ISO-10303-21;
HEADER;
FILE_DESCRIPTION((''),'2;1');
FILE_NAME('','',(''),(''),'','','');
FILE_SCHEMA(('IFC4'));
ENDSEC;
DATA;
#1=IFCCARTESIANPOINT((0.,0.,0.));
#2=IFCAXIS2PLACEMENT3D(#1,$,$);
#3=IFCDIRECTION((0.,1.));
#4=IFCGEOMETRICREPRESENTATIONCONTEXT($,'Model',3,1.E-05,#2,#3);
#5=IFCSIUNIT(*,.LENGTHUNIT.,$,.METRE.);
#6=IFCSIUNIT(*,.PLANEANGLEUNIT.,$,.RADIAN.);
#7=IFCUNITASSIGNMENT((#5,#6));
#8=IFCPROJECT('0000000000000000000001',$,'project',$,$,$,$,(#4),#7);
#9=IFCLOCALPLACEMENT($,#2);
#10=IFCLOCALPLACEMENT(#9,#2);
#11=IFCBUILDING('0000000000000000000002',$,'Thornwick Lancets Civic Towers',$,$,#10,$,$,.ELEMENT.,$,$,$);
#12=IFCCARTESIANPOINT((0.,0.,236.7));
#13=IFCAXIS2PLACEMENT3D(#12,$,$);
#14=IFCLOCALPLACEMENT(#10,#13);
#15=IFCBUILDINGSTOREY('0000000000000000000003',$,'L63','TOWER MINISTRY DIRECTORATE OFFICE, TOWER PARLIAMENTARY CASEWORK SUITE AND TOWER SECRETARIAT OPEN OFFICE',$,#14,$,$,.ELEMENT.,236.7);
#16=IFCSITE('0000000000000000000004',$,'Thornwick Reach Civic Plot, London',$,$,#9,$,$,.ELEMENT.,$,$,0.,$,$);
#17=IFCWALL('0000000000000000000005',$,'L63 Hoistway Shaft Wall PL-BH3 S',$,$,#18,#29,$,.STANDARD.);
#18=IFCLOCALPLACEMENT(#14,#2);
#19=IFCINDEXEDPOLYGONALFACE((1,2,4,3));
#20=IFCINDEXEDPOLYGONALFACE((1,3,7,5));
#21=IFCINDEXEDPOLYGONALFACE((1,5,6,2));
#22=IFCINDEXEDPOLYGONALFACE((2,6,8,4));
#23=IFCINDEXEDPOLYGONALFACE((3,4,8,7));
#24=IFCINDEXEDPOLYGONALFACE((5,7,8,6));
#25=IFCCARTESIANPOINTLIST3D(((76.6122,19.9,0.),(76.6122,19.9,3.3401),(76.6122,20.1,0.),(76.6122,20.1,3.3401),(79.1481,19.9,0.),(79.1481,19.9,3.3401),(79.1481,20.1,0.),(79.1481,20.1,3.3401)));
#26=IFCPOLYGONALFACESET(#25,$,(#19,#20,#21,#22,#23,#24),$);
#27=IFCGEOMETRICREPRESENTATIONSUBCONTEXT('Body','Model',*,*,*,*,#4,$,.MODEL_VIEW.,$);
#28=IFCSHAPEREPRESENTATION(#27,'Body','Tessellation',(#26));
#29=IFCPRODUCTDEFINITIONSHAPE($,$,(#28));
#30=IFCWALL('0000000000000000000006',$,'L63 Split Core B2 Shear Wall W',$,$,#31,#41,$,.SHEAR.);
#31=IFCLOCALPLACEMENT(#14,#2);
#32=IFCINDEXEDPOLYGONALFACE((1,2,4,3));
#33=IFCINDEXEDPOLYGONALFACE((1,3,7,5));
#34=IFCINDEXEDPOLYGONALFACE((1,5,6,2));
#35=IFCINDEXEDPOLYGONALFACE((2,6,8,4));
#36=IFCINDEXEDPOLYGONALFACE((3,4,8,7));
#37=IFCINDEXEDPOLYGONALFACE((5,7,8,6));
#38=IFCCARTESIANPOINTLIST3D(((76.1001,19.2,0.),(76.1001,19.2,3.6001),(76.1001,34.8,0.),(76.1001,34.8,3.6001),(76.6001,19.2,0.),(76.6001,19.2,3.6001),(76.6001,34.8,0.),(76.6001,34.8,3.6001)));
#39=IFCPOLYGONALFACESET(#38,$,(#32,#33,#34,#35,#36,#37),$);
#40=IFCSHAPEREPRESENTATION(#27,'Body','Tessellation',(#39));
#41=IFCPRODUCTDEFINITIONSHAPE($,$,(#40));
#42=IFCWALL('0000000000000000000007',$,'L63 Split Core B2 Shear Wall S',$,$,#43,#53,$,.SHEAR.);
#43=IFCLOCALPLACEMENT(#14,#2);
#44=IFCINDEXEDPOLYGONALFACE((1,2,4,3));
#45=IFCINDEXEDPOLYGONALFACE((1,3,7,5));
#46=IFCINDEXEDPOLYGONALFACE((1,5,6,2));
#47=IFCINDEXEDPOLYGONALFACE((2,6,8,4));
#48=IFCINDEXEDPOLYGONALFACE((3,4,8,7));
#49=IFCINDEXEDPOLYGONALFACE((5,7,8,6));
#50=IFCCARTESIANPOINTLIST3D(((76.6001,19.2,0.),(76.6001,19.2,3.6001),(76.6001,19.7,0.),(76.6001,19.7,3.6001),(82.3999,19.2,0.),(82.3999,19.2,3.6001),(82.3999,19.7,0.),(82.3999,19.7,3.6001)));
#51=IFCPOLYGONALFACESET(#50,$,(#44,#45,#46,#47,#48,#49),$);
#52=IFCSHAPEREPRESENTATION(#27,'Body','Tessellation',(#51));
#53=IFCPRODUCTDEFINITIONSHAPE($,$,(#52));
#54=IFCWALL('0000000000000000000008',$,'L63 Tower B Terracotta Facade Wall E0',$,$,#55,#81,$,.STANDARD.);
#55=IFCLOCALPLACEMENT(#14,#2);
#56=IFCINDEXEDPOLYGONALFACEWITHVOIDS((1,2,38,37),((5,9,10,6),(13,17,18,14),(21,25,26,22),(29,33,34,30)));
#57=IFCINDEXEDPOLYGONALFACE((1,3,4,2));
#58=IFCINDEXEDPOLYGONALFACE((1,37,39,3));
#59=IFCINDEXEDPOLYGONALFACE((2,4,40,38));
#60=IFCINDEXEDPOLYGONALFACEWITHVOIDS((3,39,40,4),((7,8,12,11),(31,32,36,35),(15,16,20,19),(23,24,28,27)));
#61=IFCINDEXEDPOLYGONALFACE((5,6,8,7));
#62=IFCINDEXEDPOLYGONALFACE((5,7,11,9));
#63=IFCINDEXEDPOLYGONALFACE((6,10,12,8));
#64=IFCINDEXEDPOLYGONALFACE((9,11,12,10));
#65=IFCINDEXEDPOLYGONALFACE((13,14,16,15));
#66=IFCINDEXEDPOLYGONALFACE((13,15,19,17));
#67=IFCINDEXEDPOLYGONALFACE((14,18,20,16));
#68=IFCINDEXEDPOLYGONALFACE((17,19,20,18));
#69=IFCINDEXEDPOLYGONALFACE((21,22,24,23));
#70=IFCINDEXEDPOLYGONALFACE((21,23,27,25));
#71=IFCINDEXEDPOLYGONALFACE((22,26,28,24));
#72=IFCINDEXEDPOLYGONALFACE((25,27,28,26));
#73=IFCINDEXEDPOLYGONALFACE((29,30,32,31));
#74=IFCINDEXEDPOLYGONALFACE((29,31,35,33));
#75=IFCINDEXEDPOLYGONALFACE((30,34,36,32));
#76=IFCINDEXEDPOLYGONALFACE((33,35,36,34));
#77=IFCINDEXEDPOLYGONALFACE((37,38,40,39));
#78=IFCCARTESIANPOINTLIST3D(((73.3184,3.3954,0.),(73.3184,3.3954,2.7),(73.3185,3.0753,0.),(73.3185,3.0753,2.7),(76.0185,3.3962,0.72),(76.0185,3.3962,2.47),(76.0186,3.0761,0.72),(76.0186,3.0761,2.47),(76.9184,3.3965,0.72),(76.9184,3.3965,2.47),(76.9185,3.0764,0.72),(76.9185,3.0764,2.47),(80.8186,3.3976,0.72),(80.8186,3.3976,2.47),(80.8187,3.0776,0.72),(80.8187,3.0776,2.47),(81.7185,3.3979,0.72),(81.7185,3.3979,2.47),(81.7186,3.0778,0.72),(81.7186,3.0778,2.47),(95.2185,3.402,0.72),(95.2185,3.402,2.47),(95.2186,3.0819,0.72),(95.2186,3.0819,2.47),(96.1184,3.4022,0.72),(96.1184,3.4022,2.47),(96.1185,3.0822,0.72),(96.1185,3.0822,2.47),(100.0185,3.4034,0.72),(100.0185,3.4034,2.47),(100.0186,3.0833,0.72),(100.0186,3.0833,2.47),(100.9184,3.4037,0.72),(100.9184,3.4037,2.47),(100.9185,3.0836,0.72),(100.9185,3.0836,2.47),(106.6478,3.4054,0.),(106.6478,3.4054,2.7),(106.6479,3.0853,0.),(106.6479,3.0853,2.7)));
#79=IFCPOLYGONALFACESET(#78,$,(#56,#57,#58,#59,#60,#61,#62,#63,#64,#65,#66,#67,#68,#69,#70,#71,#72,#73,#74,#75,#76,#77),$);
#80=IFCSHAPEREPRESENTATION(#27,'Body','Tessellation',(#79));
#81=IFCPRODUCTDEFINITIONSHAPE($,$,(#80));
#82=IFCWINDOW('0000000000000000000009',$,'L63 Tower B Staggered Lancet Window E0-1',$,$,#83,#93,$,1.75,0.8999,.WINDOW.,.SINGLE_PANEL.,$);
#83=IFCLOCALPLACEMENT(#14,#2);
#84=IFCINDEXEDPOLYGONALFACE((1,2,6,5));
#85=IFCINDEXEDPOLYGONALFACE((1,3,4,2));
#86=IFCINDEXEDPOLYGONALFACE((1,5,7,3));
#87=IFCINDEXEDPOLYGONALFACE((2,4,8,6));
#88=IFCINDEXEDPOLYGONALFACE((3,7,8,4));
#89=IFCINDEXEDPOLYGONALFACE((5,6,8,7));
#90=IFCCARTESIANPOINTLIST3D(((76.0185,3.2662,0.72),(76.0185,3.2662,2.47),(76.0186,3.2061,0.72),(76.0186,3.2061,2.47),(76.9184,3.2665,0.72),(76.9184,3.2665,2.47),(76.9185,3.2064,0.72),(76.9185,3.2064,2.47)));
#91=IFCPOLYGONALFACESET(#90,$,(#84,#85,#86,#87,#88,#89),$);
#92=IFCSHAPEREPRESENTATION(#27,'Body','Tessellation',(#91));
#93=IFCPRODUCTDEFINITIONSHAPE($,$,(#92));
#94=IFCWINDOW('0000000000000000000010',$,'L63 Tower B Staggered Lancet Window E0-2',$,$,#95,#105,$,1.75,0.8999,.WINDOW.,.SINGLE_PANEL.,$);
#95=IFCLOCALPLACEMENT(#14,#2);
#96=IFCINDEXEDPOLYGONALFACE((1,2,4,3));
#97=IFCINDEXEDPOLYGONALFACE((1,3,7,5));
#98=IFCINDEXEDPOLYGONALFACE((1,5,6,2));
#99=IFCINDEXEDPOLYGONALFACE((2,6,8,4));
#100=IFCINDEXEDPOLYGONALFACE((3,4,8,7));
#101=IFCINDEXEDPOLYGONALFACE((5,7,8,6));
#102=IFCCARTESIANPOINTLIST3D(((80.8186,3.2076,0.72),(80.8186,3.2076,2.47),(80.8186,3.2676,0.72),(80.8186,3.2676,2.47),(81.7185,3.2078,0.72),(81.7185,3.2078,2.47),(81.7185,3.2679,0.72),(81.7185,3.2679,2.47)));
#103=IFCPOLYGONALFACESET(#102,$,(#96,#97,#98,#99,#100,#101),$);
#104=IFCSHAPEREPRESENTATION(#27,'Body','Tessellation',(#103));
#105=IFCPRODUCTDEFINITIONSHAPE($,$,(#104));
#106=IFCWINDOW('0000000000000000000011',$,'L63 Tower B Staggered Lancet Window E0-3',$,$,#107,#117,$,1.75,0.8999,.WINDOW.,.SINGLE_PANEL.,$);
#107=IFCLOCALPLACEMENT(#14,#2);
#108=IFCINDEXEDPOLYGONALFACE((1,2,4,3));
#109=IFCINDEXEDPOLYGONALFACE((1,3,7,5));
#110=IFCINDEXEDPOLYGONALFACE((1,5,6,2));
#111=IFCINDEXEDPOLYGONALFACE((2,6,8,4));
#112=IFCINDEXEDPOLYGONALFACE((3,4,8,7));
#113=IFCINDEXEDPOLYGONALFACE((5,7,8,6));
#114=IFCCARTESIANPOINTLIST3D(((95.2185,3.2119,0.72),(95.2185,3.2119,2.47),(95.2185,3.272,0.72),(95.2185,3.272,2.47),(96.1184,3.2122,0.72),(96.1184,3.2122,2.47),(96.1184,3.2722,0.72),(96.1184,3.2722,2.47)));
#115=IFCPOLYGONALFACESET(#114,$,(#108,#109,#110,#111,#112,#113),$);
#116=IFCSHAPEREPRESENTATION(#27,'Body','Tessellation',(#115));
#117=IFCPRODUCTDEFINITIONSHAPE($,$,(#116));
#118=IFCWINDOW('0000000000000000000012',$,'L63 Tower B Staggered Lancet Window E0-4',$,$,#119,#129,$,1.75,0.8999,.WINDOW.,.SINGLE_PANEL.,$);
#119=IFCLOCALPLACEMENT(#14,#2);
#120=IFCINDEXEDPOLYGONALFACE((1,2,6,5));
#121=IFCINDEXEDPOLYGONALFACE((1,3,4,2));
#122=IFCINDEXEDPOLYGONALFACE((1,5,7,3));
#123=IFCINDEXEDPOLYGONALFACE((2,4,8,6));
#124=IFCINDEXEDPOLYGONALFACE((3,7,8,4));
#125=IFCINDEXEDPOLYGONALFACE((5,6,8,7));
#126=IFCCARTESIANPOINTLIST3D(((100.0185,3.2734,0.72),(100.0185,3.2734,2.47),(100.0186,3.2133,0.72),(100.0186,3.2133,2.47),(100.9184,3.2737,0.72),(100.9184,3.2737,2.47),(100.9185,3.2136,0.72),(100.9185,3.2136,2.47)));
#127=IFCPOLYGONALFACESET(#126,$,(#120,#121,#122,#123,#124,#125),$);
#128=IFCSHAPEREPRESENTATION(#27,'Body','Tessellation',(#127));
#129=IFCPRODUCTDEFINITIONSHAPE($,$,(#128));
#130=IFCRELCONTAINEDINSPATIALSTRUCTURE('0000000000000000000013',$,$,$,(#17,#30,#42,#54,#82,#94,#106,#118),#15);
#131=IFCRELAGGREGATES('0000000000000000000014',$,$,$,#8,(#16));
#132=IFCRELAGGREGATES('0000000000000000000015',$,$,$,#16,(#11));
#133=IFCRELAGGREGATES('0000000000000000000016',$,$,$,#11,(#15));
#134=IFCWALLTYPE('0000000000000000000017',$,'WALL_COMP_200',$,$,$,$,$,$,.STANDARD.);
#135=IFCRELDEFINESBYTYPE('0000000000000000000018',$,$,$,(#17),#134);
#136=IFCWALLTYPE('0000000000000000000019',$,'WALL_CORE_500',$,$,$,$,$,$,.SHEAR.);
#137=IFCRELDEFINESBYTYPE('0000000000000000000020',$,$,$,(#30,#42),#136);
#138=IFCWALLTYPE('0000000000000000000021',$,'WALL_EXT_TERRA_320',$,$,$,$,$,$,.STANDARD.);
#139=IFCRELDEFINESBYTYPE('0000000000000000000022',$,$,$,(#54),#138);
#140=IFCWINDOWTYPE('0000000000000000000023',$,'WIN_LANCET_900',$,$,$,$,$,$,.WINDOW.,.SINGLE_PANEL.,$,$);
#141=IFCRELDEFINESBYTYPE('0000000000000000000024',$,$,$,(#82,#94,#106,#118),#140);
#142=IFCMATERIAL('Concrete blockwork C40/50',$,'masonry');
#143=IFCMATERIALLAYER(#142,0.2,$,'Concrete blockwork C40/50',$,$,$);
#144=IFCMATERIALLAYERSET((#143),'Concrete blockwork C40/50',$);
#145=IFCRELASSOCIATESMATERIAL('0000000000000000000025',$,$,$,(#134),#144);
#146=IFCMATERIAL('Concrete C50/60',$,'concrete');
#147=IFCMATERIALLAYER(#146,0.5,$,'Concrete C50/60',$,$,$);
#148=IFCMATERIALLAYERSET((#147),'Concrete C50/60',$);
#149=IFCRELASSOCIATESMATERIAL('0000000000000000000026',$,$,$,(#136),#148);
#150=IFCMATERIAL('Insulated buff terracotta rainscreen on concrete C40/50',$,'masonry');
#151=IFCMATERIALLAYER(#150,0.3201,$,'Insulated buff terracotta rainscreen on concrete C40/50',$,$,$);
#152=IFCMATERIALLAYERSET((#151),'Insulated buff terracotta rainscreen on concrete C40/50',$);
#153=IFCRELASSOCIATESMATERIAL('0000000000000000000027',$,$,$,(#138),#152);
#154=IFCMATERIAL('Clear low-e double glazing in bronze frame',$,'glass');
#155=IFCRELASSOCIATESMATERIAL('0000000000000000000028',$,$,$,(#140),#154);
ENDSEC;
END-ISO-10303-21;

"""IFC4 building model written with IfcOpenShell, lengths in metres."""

from ifc_helpers import new_model, si_unit, direction, frame, frame_2d, origin, place, context, subcontext, project, spatial, rectangle, extrude, material, layer, layer_set, type_object, element, fill, save


model = new_model("IFC4")

# Units and contexts
model_context = context("Model", 3, precision=1e-05, world=origin(), true_north=direction((0.0, 1.0)))
body_context = subcontext(model_context, "Body", "Model", "MODEL_VIEW")
ifc_project = project(units=[si_unit("LENGTHUNIT", "METRE"), si_unit("PLANEANGLEUNIT", "RADIAN")], contexts=[model_context])

# Site, building, storey
site_placement = place(None, origin())
site = spatial("IfcSite", under=ifc_project, at=site_placement, Name="Thornwick Reach Civic Plot, London", CompositionType="ELEMENT", RefElevation=0.0)
building_placement = place(site_placement, origin())
building = spatial("IfcBuilding", under=site, at=building_placement, Name="Thornwick Lancets Civic Towers", CompositionType="ELEMENT")
storey_placement = place(building_placement, frame((0.0, 0.0, 236.7)))
storey = spatial("IfcBuildingStorey", under=building, at=storey_placement, Name="L63", Description="TOWER MINISTRY DIRECTORATE OFFICE, TOWER PARLIAMENTARY CASEWORK SUITE AND TOWER SECRETARIAT OPEN OFFICE", CompositionType="ELEMENT", Elevation=236.7)

# Shared definitions
ifc_material_1 = material(Name="Concrete C50/60", Category="concrete")

# Walls
ifc_material_2 = material(Name="Concrete blockwork C40/50", Category="masonry")
ifc_layer_1 = layer(ifc_material_2, 0.2, Name="Concrete blockwork C40/50")
ifc_layer_set_1 = layer_set([ifc_layer_1], Name="Concrete blockwork C40/50")
wall_type_1 = type_object("IfcWallType", Name="WALL_COMP_200", PredefinedType="STANDARD", material=ifc_layer_set_1)
for number, where, z_axis, x_axis, name in (
    (1, (76.6121, 20.0, 0.0), (0.0, 0.0, 1.0), (1.0, 0.0, 0.0), "L63 Hoistway Shaft Wall PL-BH3 S"),
):
    element("IfcWall", number, at=place(storey_placement, frame(where, z_axis=z_axis, x_axis=x_axis)), inside=storey, type_object=wall_type_1, Name=name, PredefinedType="STANDARD", context=body_context, shape_type="SweptSolid", body=[
        extrude(rectangle(XDim=2.5359, YDim=0.2, at=frame_2d((1.2681, 0.0))), origin(), (0.0, 0.0, 1.0), 3.3401),
    ])
ifc_layer_2 = layer(ifc_material_1, 0.5, Name="Concrete C50/60")
ifc_layer_set_2 = layer_set([ifc_layer_2], Name="Concrete C50/60")
wall_type_2 = type_object("IfcWallType", Name="WALL_CORE_500", PredefinedType="SHEAR", material=ifc_layer_set_2)
wall_1_placement = place(storey_placement, frame((76.3501, 19.2, 0.0), z_axis=(0.0, 0.0, 1.0), x_axis=(0.0, 1.0, 0.0)))
element("IfcWall", 2, at=wall_1_placement, inside=storey, type_object=wall_type_2, Name="L63 Split Core B2 Shear Wall W", PredefinedType="SHEAR", context=body_context, shape_type="SweptSolid", body=[
    extrude(rectangle(XDim=15.6001, YDim=0.5, at=frame_2d((7.8, 0.0))), origin(), (0.0, 0.0, 1.0), 3.6001),
])
wall_2_placement = place(storey_placement, frame((76.6001, 19.45, 0.0), z_axis=(0.0, 0.0, 1.0), x_axis=(1.0, 0.0, 0.0)))
element("IfcWall", 3, at=wall_2_placement, inside=storey, type_object=wall_type_2, Name="L63 Split Core B2 Shear Wall S", PredefinedType="SHEAR", context=body_context, shape_type="SweptSolid", body=[
    extrude(rectangle(XDim=5.7998, YDim=0.5, at=frame_2d((2.8999, 0.0))), origin(), (0.0, 0.0, 1.0), 3.6001),
])

# Wall, openings, windows
ifc_material_3 = material(Name="Insulated buff terracotta rainscreen on concrete C40/50", Category="masonry")
ifc_layer_3 = layer(ifc_material_3, 0.3201, Name="Insulated buff terracotta rainscreen on concrete C40/50")
ifc_layer_set_3 = layer_set([ifc_layer_3], Name="Insulated buff terracotta rainscreen on concrete C40/50")
wall_type_3 = type_object("IfcWallType", Name="WALL_EXT_TERRA_320", PredefinedType="STANDARD", material=ifc_layer_set_3)
wall_3_placement = place(storey_placement, frame((73.3186, 3.2354, 0.0), z_axis=(0.0, 0.0, 1.0), x_axis=(1.0, 0.0003, 0.0)))
wall_3 = element("IfcWall", 4, at=wall_3_placement, inside=storey, type_object=wall_type_3, Name="L63 Tower B Terracotta Facade Wall E0", PredefinedType="STANDARD", context=body_context, shape_type="SweptSolid", body=[
    extrude(rectangle(XDim=33.3293, YDim=0.3201, at=frame_2d((16.6646, 0.0))), origin(), (0.0, 0.0, 1.0), 2.7),
])
opening_1_placement = place(wall_3_placement, frame((2.7, 0.0, 0.72)))
opening_1 = element("IfcOpeningElement", 5, at=opening_1_placement, cuts=wall_3, PredefinedType="OPENING", context=body_context, shape_type="SweptSolid", body=[
    extrude(rectangle(XDim=0.8999, YDim=1.75, at=frame_2d((0.45, 0.875))), frame((0.0, 0.1699, 0.0), z_axis=(0.0, -1.0, 0.0), x_axis=(1.0, 0.0, 0.0)), (0.0, 0.0, 1.0), 0.3401),
])
opening_2_placement = place(wall_3_placement, frame((7.5, 0.0, 0.72)))
opening_2 = element("IfcOpeningElement", 6, at=opening_2_placement, cuts=wall_3, PredefinedType="OPENING", context=body_context, shape_type="SweptSolid", body=[
    extrude(rectangle(XDim=0.8999, YDim=1.75, at=frame_2d((0.45, 0.875))), frame((0.0, 0.1699, 0.0), z_axis=(0.0, -1.0, 0.0), x_axis=(1.0, 0.0, 0.0)), (0.0, 0.0, 1.0), 0.3401),
])
opening_3_placement = place(wall_3_placement, frame((21.8999, 0.0, 0.72)))
opening_3 = element("IfcOpeningElement", 7, at=opening_3_placement, cuts=wall_3, PredefinedType="OPENING", context=body_context, shape_type="SweptSolid", body=[
    extrude(rectangle(XDim=0.8999, YDim=1.75, at=frame_2d((0.45, 0.875))), frame((0.0, 0.1699, 0.0), z_axis=(0.0, -1.0, 0.0), x_axis=(1.0, 0.0, 0.0)), (0.0, 0.0, 1.0), 0.3401),
])
opening_4_placement = place(wall_3_placement, frame((26.7, 0.0, 0.72)))
opening_4 = element("IfcOpeningElement", 8, at=opening_4_placement, cuts=wall_3, PredefinedType="OPENING", context=body_context, shape_type="SweptSolid", body=[
    extrude(rectangle(XDim=0.8999, YDim=1.75, at=frame_2d((0.45, 0.875))), frame((0.0, 0.1699, 0.0), z_axis=(0.0, -1.0, 0.0), x_axis=(1.0, 0.0, 0.0)), (0.0, 0.0, 1.0), 0.3401),
])
ifc_material_4 = material(Name="Clear low-e double glazing in bronze frame", Category="glass")
window_type = type_object("IfcWindowType", Name="WIN_LANCET_900", PartitioningType="SINGLE_PANEL", PredefinedType="WINDOW", material=ifc_material_4)
window_1_placement = place(opening_1_placement, origin())
window_1 = element("IfcWindow", 9, at=window_1_placement, inside=storey, type_object=window_type, Name="L63 Tower B Staggered Lancet Window E0-1", OverallHeight=1.75, OverallWidth=0.8999, PartitioningType="SINGLE_PANEL", PredefinedType="WINDOW", context=body_context, shape_type="SweptSolid", body=[
    extrude(rectangle(XDim=0.8999, YDim=1.75, at=frame_2d((0.45, 0.875))), frame((0.0, 0.03, 0.0), z_axis=(0.0, -1.0, 0.0), x_axis=(1.0, 0.0, 0.0)), (0.0, 0.0, 1.0), 0.0601),
])
fill(opening_1, window_1)
window_2_placement = place(opening_2_placement, origin())
window_2 = element("IfcWindow", 10, at=window_2_placement, inside=storey, type_object=window_type, Name="L63 Tower B Staggered Lancet Window E0-2", OverallHeight=1.75, OverallWidth=0.8999, PartitioningType="SINGLE_PANEL", PredefinedType="WINDOW", context=body_context, shape_type="SweptSolid", body=[
    extrude(rectangle(XDim=0.8999, YDim=1.75, at=frame_2d((0.45, 0.875))), frame((0.0, 0.03, 0.0), z_axis=(0.0, -1.0, 0.0), x_axis=(1.0, 0.0, 0.0)), (0.0, 0.0, 1.0), 0.0601),
])
fill(opening_2, window_2)
window_3_placement = place(opening_3_placement, origin())
window_3 = element("IfcWindow", 11, at=window_3_placement, inside=storey, type_object=window_type, Name="L63 Tower B Staggered Lancet Window E0-3", OverallHeight=1.75, OverallWidth=0.8999, PartitioningType="SINGLE_PANEL", PredefinedType="WINDOW", context=body_context, shape_type="SweptSolid", body=[
    extrude(rectangle(XDim=0.8999, YDim=1.75, at=frame_2d((0.45, 0.875))), frame((0.0, 0.03, 0.0), z_axis=(0.0, -1.0, 0.0), x_axis=(1.0, 0.0, 0.0)), (0.0, 0.0, 1.0), 0.0601),
])
fill(opening_3, window_3)
window_4_placement = place(opening_4_placement, origin())
window_4 = element("IfcWindow", 12, at=window_4_placement, inside=storey, type_object=window_type, Name="L63 Tower B Staggered Lancet Window E0-4", OverallHeight=1.75, OverallWidth=0.8999, PartitioningType="SINGLE_PANEL", PredefinedType="WINDOW", context=body_context, shape_type="SweptSolid", body=[
    extrude(rectangle(XDim=0.8999, YDim=1.75, at=frame_2d((0.45, 0.875))), frame((0.0, 0.03, 0.0), z_axis=(0.0, -1.0, 0.0), x_axis=(1.0, 0.0, 0.0)), (0.0, 0.0, 1.0), 0.0601),
])
fill(opening_4, window_4)

save(model, "model.ifc")
